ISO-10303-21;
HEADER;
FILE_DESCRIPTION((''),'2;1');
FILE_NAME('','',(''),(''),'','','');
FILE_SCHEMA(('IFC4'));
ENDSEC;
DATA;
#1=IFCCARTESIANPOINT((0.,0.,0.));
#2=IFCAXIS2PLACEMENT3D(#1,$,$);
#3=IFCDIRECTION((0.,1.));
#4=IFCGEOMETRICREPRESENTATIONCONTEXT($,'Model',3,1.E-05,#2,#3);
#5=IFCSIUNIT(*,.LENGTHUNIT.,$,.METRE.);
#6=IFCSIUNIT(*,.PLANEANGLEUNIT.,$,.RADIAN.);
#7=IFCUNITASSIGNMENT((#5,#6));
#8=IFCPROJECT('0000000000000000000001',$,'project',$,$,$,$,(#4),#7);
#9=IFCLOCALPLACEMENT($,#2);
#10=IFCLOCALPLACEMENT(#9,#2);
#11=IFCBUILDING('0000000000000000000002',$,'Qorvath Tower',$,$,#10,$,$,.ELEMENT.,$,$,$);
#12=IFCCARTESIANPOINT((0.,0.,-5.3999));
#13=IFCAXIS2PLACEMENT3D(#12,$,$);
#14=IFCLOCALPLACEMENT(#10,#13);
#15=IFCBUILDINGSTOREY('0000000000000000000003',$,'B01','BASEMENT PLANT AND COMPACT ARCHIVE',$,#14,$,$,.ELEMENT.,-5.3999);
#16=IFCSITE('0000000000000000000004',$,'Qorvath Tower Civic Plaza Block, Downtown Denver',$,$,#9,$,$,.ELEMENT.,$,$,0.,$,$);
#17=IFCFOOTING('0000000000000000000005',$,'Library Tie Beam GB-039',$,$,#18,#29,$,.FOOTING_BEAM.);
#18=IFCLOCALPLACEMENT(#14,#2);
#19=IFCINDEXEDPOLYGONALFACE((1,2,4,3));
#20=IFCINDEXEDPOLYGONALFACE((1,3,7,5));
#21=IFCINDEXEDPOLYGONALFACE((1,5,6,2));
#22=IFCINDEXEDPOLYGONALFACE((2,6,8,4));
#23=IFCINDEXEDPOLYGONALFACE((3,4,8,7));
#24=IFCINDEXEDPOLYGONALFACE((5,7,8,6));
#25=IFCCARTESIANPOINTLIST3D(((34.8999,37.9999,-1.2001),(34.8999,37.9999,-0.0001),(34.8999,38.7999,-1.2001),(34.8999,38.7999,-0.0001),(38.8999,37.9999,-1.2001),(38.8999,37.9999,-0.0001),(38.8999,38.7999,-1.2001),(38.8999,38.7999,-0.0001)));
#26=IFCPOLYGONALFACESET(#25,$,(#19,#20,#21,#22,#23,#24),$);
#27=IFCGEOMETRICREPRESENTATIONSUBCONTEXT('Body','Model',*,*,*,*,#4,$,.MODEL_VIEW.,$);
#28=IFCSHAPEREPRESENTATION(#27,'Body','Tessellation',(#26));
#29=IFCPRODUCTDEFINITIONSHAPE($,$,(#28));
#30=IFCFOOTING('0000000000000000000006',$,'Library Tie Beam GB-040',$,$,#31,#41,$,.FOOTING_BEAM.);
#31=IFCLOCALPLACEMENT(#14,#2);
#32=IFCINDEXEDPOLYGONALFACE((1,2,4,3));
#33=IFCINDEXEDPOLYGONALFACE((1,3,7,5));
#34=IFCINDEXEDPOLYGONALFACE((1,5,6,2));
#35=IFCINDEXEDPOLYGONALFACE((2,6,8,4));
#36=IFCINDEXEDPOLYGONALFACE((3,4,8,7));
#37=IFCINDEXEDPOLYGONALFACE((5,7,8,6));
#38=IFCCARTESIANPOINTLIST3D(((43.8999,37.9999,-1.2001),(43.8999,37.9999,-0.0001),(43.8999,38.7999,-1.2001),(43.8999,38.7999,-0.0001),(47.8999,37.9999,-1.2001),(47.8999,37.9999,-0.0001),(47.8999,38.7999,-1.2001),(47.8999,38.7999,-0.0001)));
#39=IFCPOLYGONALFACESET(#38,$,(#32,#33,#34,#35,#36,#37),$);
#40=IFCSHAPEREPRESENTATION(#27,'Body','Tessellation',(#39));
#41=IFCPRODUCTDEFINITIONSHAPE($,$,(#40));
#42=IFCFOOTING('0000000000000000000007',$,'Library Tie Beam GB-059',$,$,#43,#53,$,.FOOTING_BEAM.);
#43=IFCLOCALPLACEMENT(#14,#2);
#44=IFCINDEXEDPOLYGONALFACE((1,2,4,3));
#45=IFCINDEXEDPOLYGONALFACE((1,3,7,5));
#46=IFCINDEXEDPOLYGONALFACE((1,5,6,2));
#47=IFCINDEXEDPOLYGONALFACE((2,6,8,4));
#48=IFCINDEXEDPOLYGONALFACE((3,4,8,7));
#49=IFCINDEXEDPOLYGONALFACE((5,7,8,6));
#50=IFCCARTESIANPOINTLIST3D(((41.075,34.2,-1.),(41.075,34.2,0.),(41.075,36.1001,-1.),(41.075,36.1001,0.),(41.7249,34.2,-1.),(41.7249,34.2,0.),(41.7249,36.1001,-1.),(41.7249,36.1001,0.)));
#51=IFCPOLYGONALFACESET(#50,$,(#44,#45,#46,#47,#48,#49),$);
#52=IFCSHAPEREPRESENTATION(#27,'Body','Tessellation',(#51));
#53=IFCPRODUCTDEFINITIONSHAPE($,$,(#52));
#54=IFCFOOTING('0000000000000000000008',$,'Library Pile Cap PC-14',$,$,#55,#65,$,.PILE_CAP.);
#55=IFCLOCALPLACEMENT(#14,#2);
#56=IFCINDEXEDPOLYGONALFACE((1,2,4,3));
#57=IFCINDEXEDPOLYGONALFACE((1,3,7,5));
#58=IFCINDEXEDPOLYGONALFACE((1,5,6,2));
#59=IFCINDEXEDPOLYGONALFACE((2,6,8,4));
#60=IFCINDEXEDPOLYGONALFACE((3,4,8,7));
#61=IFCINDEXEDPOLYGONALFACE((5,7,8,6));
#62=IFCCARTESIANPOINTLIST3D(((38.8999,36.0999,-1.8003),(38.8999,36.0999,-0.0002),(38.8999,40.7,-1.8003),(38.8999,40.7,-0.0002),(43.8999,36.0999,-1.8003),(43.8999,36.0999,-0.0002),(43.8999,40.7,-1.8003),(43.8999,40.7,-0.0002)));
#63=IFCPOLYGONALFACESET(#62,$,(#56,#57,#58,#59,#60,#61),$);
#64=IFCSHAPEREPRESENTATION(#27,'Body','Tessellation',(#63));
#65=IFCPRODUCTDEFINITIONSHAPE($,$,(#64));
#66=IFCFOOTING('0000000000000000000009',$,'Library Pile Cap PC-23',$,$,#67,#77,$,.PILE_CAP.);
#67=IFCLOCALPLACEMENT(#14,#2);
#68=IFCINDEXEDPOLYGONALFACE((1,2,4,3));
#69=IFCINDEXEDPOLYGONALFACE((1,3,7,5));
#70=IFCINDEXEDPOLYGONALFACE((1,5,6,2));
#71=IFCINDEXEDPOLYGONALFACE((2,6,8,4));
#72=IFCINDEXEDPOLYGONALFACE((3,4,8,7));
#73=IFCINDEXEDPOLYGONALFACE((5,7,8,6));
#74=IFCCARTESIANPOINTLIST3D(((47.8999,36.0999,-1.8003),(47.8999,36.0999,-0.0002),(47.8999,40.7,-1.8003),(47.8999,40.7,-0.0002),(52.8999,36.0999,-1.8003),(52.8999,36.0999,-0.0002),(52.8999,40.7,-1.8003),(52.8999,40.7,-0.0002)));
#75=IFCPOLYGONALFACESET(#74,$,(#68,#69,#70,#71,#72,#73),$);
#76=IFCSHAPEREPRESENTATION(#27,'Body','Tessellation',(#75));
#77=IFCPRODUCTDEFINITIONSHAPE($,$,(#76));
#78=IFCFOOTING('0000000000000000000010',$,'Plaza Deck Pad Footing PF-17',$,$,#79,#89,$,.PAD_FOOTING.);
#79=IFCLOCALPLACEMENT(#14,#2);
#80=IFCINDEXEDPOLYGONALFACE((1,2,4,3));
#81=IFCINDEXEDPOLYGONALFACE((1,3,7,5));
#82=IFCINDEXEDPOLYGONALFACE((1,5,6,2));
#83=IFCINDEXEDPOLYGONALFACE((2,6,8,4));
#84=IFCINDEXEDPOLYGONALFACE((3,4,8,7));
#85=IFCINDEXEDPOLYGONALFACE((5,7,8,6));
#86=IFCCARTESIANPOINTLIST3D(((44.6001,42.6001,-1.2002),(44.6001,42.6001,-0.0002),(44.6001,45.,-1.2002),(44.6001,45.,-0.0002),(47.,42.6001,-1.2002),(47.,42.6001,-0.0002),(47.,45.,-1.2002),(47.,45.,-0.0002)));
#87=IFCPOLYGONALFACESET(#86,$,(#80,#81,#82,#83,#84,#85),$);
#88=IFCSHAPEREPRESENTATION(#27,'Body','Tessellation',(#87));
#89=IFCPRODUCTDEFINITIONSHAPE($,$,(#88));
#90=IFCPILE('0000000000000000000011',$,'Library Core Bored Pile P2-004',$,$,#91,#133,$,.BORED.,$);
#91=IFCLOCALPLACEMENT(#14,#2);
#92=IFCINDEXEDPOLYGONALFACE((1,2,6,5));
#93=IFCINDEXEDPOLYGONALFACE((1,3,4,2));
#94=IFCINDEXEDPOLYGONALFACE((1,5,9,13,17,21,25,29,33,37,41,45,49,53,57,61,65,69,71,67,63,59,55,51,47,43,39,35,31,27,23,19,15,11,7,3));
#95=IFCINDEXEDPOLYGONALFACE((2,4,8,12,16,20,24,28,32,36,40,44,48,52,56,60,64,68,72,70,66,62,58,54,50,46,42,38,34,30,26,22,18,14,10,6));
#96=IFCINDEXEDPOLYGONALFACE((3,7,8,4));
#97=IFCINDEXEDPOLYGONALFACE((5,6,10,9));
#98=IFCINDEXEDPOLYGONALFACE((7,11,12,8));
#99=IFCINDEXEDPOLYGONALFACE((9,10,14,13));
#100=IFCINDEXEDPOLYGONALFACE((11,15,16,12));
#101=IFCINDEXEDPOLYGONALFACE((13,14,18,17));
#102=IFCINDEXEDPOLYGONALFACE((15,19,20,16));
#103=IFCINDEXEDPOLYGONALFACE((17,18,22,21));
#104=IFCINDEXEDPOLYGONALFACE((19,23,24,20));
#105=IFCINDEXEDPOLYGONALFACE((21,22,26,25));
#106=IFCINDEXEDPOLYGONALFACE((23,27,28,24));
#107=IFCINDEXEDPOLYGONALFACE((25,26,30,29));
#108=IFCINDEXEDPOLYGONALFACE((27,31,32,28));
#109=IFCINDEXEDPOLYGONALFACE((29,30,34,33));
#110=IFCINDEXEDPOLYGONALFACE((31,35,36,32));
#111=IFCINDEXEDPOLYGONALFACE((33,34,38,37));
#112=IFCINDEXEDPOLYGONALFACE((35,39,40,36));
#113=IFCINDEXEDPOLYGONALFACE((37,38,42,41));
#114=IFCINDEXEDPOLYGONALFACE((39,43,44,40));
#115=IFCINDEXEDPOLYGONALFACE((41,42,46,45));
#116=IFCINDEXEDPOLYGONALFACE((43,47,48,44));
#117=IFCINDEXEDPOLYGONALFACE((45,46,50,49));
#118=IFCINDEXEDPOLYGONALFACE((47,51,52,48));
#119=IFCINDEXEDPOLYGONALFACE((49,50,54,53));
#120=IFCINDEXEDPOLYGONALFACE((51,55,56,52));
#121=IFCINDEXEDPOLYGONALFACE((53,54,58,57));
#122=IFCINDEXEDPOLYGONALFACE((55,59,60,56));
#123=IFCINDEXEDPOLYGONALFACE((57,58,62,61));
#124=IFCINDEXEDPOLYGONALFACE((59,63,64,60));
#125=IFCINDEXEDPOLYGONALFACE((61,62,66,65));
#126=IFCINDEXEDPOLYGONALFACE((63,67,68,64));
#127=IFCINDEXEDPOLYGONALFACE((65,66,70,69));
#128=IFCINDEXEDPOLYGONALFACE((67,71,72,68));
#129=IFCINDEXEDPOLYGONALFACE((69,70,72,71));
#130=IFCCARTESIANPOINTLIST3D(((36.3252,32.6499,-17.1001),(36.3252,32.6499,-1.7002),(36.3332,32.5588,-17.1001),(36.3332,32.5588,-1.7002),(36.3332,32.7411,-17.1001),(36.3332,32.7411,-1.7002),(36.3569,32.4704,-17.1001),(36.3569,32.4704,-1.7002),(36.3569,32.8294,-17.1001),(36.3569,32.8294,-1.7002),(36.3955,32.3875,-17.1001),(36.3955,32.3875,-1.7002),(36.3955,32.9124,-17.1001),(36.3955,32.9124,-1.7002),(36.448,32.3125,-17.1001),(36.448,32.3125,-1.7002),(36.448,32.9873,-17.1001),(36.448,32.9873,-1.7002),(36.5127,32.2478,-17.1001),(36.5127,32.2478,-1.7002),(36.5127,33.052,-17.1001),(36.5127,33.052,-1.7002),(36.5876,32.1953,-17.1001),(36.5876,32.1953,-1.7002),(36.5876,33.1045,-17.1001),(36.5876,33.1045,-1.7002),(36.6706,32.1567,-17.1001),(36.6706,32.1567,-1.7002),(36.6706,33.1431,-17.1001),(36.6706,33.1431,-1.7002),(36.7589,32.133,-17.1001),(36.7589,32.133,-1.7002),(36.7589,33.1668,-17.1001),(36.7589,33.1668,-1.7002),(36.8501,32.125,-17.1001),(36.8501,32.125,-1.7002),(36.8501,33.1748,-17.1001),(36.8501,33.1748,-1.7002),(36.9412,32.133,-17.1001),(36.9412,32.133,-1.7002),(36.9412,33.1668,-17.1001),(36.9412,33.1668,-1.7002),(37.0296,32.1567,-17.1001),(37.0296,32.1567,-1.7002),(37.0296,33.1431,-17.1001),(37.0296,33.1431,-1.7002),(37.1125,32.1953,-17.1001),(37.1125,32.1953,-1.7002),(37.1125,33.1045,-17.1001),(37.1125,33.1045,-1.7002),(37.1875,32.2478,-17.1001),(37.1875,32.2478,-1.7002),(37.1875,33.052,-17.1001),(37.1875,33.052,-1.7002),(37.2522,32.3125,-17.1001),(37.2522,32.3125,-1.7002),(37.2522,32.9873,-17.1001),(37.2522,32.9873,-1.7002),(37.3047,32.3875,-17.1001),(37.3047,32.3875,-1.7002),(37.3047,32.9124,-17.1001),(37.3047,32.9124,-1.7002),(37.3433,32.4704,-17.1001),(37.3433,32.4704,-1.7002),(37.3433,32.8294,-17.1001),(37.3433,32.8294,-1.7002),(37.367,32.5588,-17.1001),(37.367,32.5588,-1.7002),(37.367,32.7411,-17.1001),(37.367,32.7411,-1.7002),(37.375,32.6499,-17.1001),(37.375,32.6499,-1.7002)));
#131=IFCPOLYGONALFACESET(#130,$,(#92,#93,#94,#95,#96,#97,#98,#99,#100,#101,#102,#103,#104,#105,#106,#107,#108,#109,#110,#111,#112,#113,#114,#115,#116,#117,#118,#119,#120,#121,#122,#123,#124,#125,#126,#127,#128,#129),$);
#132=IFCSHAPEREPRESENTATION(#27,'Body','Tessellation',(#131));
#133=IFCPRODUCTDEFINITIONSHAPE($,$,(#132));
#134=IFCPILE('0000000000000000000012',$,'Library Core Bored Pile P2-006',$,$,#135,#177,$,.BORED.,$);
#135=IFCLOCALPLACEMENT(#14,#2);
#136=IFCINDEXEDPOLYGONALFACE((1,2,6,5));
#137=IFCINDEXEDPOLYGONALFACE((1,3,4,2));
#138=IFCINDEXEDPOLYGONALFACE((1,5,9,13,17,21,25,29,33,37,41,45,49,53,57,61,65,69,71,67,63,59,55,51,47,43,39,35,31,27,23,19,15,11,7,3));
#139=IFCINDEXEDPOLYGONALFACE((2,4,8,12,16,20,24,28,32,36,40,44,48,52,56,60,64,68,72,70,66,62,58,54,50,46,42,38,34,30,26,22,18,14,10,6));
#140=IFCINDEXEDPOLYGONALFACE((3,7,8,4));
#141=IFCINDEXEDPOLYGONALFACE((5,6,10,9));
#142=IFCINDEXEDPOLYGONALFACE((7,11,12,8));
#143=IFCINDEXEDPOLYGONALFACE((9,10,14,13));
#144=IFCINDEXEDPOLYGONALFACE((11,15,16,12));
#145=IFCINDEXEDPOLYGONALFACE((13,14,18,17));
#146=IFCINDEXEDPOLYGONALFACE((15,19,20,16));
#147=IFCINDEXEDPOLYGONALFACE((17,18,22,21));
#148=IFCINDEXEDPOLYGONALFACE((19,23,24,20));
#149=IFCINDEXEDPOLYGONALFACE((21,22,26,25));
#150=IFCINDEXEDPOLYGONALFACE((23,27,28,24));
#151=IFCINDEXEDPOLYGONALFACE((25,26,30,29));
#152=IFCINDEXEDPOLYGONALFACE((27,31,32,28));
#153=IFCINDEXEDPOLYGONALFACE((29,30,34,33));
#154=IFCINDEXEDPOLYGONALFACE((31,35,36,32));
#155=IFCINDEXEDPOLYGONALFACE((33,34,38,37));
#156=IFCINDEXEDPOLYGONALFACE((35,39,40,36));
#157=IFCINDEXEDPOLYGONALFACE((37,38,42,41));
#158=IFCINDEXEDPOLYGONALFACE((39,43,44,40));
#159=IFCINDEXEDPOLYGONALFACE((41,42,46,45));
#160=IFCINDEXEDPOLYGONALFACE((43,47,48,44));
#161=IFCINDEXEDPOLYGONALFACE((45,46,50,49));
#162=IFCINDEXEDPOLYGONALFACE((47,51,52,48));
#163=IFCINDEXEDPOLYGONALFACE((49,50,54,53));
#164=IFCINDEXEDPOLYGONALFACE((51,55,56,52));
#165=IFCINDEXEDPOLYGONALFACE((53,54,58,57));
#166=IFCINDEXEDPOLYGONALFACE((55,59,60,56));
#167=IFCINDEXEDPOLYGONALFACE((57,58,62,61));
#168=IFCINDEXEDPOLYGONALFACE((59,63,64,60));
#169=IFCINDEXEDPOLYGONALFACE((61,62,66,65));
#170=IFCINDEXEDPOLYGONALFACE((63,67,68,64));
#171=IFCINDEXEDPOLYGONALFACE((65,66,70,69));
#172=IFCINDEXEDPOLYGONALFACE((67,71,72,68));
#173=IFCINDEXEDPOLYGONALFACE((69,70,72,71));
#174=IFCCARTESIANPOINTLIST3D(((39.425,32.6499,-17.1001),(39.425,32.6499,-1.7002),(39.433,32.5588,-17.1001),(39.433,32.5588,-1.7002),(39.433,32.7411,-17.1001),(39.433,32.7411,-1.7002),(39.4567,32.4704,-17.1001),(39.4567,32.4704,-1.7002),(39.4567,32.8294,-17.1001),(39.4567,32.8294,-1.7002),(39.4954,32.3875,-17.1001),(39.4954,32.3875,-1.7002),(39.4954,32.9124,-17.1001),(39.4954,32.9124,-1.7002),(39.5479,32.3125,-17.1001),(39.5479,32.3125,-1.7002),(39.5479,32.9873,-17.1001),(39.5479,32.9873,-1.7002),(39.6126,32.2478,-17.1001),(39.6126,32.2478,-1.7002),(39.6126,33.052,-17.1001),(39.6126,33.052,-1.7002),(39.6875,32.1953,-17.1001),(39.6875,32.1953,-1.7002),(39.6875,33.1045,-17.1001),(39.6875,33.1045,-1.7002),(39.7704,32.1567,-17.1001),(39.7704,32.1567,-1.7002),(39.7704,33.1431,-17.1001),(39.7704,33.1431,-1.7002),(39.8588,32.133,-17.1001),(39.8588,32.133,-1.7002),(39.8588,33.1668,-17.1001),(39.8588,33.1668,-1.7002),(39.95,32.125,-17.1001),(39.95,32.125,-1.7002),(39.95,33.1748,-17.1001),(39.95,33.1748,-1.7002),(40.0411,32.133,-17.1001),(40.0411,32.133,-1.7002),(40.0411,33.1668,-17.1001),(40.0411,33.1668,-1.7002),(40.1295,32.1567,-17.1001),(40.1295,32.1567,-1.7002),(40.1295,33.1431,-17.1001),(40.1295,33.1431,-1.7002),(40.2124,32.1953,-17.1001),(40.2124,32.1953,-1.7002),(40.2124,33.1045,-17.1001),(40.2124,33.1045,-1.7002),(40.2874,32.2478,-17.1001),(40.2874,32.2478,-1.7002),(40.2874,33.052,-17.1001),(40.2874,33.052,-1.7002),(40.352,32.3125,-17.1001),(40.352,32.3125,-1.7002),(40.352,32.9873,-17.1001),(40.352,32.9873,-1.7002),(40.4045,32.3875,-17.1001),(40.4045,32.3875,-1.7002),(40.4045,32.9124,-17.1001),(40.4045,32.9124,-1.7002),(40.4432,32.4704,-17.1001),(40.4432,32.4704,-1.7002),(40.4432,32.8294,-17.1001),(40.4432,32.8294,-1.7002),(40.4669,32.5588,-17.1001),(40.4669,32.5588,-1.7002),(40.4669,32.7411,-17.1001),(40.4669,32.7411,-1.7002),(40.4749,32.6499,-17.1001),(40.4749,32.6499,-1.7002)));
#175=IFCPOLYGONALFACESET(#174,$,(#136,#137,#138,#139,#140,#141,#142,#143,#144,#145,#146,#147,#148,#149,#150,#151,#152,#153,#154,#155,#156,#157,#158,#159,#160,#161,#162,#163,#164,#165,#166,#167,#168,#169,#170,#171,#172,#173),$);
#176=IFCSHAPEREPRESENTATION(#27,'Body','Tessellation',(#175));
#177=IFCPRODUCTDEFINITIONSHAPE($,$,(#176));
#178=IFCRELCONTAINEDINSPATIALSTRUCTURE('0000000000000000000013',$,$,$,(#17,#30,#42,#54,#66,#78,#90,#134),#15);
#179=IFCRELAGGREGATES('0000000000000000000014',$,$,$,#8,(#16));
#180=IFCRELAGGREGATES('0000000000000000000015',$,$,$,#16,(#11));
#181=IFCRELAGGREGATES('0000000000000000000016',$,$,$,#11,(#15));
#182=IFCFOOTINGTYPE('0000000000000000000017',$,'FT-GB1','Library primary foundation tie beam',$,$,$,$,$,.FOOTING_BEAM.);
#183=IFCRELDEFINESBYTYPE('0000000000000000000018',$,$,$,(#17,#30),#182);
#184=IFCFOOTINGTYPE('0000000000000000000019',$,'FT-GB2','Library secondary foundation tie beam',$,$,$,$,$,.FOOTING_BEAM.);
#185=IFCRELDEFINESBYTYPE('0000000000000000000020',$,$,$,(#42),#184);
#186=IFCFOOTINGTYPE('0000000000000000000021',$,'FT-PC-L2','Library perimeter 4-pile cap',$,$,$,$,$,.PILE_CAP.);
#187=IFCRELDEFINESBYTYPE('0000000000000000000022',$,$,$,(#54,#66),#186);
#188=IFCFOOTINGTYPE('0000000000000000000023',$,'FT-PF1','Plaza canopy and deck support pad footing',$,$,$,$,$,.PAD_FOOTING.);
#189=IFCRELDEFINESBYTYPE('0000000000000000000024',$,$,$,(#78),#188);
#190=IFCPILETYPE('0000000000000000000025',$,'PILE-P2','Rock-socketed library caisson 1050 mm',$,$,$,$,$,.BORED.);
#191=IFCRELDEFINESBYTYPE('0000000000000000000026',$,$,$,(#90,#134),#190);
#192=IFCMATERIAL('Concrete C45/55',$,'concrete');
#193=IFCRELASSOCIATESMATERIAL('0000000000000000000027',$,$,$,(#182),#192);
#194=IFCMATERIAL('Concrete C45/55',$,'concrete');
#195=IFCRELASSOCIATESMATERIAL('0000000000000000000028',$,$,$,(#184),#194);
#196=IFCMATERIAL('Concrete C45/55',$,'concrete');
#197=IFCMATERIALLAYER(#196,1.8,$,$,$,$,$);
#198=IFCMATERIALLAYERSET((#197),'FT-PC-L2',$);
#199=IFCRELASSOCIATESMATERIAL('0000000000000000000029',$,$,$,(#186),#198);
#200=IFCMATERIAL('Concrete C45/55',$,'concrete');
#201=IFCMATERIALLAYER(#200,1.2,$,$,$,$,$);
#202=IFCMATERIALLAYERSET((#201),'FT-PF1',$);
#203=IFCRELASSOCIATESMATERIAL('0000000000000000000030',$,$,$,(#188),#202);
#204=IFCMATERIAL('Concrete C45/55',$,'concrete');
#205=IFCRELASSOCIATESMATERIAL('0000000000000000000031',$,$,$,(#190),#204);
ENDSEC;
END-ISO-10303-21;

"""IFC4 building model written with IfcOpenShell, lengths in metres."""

from ifc_helpers import new_model, si_unit, direction, frame, origin, origin_2d, place, context, subcontext, project, spatial, rectangle, circle, extrude, material, layer, layer_set, material_profile, profile_set, type_object, element, save


model = new_model("IFC4")

# Units and contexts
model_context = context("Model", 3, precision=1e-05, world=origin(), true_north=direction((0.0, 1.0)))
body_context = subcontext(model_context, "Body", "Model", "MODEL_VIEW")
ifc_project = project(units=[si_unit("LENGTHUNIT", "METRE"), si_unit("PLANEANGLEUNIT", "RADIAN")], contexts=[model_context])

# Site, building, storey
site_placement = place(None, origin())
site = spatial("IfcSite", under=ifc_project, at=site_placement, Name="Qorvath Tower Civic Plaza Block, Downtown Denver", CompositionType="ELEMENT", RefElevation=0.0)
building_placement = place(site_placement, origin())
building = spatial("IfcBuilding", under=site, at=building_placement, Name="Qorvath Tower", CompositionType="ELEMENT")
storey_placement = place(building_placement, frame((0.0, 0.0, -5.3999)))
storey = spatial("IfcBuildingStorey", under=building, at=storey_placement, Name="B01", Description="BASEMENT PLANT AND COMPACT ARCHIVE", CompositionType="ELEMENT", Elevation=-5.3999)

# Footings
ifc_material_1 = material(Name="Concrete C45/55", Category="concrete")
ifc_material_profile_1 = material_profile(ifc_material_1, rectangle(XDim=0.8, YDim=1.2, at=origin_2d()), Name="GB 800x1200")
ifc_profile_set_1 = profile_set([ifc_material_profile_1], Name="Concrete C45/55")
footing_type_1 = type_object("IfcFootingType", Name="FT-GB1", Description="Library primary foundation tie beam", PredefinedType="FOOTING_BEAM", material=ifc_profile_set_1)
for number, where, z_axis, x_axis, name in (
    (1, (34.8999, 38.3999, -0.6001), (1.0, 0.0, 0.0), (0.0, 1.0, 0.0), "Library Tie Beam GB-039"),
    (2, (43.8999, 38.3999, -0.6001), (1.0, 0.0, 0.0), (0.0, 1.0, 0.0), "Library Tie Beam GB-040"),
):
    element("IfcFooting", number, at=place(storey_placement, frame(where, z_axis=z_axis, x_axis=x_axis)), inside=storey, type_object=footing_type_1, Name=name, PredefinedType="FOOTING_BEAM", context=body_context, shape_type="SweptSolid", body=[
        extrude(rectangle(XDim=0.8, YDim=1.2, at=origin_2d()), origin(), (0.0, 0.0, 1.0), 4.0),
    ])
ifc_material_2 = material(Name="Concrete C45/55", Category="concrete")
ifc_material_profile_2 = material_profile(ifc_material_2, rectangle(XDim=0.6499, YDim=1.0, at=origin_2d()), Name="GB 650x1000")
ifc_profile_set_2 = profile_set([ifc_material_profile_2], Name="Concrete C45/55")
footing_type_2 = type_object("IfcFootingType", Name="FT-GB2", Description="Library secondary foundation tie beam", PredefinedType="FOOTING_BEAM", material=ifc_profile_set_2)
footing_1_placement = place(storey_placement, frame((41.3999, 34.2, -0.5), z_axis=(0.0, 1.0, 0.0), x_axis=(-1.0, 0.0, 0.0)))
element("IfcFooting", 3, at=footing_1_placement, inside=storey, type_object=footing_type_2, Name="Library Tie Beam GB-059", PredefinedType="FOOTING_BEAM", context=body_context, shape_type="SweptSolid", body=[
    extrude(rectangle(XDim=0.6499, YDim=1.0, at=origin_2d()), origin(), (0.0, 0.0, 1.0), 1.9001),
])
ifc_material_3 = material(Name="Concrete C45/55", Category="concrete")
ifc_layer_1 = layer(ifc_material_3, 1.8)
ifc_layer_set_1 = layer_set([ifc_layer_1], Name="FT-PC-L2")
footing_type_3 = type_object("IfcFootingType", Name="FT-PC-L2", Description="Library perimeter 4-pile cap", PredefinedType="PILE_CAP", material=ifc_layer_set_1)
for number, where, z_axis, x_axis, name in (
    (4, (41.3999, 38.3999, -1.8003), (0.0, 0.0, 1.0), (1.0, 0.0, 0.0), "Library Pile Cap PC-14"),
    (5, (50.3999, 38.3999, -1.8003), (0.0, 0.0, 1.0), (1.0, 0.0, 0.0), "Library Pile Cap PC-23"),
):
    element("IfcFooting", number, at=place(storey_placement, frame(where, z_axis=z_axis, x_axis=x_axis)), inside=storey, type_object=footing_type_3, Name=name, PredefinedType="PILE_CAP", context=body_context, shape_type="SweptSolid", body=[
        extrude(rectangle(XDim=5.0, YDim=4.6001, at=origin_2d()), origin(), (0.0, 0.0, 1.0), 1.8),
    ])
ifc_material_4 = material(Name="Concrete C45/55", Category="concrete")
ifc_layer_2 = layer(ifc_material_4, 1.2)
ifc_layer_set_2 = layer_set([ifc_layer_2], Name="FT-PF1")
footing_type_4 = type_object("IfcFootingType", Name="FT-PF1", Description="Plaza canopy and deck support pad footing", PredefinedType="PAD_FOOTING", material=ifc_layer_set_2)
footing_2_placement = place(storey_placement, frame((45.8, 43.8, -1.2002), z_axis=(0.0, 0.0, 1.0), x_axis=(1.0, 0.0, 0.0)))
element("IfcFooting", 6, at=footing_2_placement, inside=storey, type_object=footing_type_4, Name="Plaza Deck Pad Footing PF-17", PredefinedType="PAD_FOOTING", context=body_context, shape_type="SweptSolid", body=[
    extrude(rectangle(XDim=2.3999, YDim=2.3999, at=origin_2d()), origin(), (0.0, 0.0, 1.0), 1.2),
])

# Piles
ifc_material_5 = material(Name="Concrete C45/55", Category="concrete")
ifc_material_profile_3 = material_profile(ifc_material_5, circle(Radius=0.5249, at=origin_2d()), Name="BORED PILE 1050")
ifc_profile_set_3 = profile_set([ifc_material_profile_3], Name="Concrete C45/55")
pile_type = type_object("IfcPileType", Name="PILE-P2", Description="Rock-socketed library caisson 1050 mm", PredefinedType="BORED", material=ifc_profile_set_3)
for number, where, z_axis, x_axis, name in (
    (7, (36.8501, 32.6499, -1.7002), (0.0, 0.0, -1.0), (1.0, 0.0, 0.0), "Library Core Bored Pile P2-004"),
    (8, (39.95, 32.6499, -1.7002), (0.0, 0.0, -1.0), (1.0, 0.0, 0.0), "Library Core Bored Pile P2-006"),
):
    element("IfcPile", number, at=place(storey_placement, frame(where, z_axis=z_axis, x_axis=x_axis)), inside=storey, type_object=pile_type, Name=name, PredefinedType="BORED", context=body_context, shape_type="SweptSolid", body=[
        extrude(circle(Radius=0.5249, at=origin_2d()), origin(), (0.0, 0.0, 1.0), 15.3999),
    ])

save(model, "model.ifc")
